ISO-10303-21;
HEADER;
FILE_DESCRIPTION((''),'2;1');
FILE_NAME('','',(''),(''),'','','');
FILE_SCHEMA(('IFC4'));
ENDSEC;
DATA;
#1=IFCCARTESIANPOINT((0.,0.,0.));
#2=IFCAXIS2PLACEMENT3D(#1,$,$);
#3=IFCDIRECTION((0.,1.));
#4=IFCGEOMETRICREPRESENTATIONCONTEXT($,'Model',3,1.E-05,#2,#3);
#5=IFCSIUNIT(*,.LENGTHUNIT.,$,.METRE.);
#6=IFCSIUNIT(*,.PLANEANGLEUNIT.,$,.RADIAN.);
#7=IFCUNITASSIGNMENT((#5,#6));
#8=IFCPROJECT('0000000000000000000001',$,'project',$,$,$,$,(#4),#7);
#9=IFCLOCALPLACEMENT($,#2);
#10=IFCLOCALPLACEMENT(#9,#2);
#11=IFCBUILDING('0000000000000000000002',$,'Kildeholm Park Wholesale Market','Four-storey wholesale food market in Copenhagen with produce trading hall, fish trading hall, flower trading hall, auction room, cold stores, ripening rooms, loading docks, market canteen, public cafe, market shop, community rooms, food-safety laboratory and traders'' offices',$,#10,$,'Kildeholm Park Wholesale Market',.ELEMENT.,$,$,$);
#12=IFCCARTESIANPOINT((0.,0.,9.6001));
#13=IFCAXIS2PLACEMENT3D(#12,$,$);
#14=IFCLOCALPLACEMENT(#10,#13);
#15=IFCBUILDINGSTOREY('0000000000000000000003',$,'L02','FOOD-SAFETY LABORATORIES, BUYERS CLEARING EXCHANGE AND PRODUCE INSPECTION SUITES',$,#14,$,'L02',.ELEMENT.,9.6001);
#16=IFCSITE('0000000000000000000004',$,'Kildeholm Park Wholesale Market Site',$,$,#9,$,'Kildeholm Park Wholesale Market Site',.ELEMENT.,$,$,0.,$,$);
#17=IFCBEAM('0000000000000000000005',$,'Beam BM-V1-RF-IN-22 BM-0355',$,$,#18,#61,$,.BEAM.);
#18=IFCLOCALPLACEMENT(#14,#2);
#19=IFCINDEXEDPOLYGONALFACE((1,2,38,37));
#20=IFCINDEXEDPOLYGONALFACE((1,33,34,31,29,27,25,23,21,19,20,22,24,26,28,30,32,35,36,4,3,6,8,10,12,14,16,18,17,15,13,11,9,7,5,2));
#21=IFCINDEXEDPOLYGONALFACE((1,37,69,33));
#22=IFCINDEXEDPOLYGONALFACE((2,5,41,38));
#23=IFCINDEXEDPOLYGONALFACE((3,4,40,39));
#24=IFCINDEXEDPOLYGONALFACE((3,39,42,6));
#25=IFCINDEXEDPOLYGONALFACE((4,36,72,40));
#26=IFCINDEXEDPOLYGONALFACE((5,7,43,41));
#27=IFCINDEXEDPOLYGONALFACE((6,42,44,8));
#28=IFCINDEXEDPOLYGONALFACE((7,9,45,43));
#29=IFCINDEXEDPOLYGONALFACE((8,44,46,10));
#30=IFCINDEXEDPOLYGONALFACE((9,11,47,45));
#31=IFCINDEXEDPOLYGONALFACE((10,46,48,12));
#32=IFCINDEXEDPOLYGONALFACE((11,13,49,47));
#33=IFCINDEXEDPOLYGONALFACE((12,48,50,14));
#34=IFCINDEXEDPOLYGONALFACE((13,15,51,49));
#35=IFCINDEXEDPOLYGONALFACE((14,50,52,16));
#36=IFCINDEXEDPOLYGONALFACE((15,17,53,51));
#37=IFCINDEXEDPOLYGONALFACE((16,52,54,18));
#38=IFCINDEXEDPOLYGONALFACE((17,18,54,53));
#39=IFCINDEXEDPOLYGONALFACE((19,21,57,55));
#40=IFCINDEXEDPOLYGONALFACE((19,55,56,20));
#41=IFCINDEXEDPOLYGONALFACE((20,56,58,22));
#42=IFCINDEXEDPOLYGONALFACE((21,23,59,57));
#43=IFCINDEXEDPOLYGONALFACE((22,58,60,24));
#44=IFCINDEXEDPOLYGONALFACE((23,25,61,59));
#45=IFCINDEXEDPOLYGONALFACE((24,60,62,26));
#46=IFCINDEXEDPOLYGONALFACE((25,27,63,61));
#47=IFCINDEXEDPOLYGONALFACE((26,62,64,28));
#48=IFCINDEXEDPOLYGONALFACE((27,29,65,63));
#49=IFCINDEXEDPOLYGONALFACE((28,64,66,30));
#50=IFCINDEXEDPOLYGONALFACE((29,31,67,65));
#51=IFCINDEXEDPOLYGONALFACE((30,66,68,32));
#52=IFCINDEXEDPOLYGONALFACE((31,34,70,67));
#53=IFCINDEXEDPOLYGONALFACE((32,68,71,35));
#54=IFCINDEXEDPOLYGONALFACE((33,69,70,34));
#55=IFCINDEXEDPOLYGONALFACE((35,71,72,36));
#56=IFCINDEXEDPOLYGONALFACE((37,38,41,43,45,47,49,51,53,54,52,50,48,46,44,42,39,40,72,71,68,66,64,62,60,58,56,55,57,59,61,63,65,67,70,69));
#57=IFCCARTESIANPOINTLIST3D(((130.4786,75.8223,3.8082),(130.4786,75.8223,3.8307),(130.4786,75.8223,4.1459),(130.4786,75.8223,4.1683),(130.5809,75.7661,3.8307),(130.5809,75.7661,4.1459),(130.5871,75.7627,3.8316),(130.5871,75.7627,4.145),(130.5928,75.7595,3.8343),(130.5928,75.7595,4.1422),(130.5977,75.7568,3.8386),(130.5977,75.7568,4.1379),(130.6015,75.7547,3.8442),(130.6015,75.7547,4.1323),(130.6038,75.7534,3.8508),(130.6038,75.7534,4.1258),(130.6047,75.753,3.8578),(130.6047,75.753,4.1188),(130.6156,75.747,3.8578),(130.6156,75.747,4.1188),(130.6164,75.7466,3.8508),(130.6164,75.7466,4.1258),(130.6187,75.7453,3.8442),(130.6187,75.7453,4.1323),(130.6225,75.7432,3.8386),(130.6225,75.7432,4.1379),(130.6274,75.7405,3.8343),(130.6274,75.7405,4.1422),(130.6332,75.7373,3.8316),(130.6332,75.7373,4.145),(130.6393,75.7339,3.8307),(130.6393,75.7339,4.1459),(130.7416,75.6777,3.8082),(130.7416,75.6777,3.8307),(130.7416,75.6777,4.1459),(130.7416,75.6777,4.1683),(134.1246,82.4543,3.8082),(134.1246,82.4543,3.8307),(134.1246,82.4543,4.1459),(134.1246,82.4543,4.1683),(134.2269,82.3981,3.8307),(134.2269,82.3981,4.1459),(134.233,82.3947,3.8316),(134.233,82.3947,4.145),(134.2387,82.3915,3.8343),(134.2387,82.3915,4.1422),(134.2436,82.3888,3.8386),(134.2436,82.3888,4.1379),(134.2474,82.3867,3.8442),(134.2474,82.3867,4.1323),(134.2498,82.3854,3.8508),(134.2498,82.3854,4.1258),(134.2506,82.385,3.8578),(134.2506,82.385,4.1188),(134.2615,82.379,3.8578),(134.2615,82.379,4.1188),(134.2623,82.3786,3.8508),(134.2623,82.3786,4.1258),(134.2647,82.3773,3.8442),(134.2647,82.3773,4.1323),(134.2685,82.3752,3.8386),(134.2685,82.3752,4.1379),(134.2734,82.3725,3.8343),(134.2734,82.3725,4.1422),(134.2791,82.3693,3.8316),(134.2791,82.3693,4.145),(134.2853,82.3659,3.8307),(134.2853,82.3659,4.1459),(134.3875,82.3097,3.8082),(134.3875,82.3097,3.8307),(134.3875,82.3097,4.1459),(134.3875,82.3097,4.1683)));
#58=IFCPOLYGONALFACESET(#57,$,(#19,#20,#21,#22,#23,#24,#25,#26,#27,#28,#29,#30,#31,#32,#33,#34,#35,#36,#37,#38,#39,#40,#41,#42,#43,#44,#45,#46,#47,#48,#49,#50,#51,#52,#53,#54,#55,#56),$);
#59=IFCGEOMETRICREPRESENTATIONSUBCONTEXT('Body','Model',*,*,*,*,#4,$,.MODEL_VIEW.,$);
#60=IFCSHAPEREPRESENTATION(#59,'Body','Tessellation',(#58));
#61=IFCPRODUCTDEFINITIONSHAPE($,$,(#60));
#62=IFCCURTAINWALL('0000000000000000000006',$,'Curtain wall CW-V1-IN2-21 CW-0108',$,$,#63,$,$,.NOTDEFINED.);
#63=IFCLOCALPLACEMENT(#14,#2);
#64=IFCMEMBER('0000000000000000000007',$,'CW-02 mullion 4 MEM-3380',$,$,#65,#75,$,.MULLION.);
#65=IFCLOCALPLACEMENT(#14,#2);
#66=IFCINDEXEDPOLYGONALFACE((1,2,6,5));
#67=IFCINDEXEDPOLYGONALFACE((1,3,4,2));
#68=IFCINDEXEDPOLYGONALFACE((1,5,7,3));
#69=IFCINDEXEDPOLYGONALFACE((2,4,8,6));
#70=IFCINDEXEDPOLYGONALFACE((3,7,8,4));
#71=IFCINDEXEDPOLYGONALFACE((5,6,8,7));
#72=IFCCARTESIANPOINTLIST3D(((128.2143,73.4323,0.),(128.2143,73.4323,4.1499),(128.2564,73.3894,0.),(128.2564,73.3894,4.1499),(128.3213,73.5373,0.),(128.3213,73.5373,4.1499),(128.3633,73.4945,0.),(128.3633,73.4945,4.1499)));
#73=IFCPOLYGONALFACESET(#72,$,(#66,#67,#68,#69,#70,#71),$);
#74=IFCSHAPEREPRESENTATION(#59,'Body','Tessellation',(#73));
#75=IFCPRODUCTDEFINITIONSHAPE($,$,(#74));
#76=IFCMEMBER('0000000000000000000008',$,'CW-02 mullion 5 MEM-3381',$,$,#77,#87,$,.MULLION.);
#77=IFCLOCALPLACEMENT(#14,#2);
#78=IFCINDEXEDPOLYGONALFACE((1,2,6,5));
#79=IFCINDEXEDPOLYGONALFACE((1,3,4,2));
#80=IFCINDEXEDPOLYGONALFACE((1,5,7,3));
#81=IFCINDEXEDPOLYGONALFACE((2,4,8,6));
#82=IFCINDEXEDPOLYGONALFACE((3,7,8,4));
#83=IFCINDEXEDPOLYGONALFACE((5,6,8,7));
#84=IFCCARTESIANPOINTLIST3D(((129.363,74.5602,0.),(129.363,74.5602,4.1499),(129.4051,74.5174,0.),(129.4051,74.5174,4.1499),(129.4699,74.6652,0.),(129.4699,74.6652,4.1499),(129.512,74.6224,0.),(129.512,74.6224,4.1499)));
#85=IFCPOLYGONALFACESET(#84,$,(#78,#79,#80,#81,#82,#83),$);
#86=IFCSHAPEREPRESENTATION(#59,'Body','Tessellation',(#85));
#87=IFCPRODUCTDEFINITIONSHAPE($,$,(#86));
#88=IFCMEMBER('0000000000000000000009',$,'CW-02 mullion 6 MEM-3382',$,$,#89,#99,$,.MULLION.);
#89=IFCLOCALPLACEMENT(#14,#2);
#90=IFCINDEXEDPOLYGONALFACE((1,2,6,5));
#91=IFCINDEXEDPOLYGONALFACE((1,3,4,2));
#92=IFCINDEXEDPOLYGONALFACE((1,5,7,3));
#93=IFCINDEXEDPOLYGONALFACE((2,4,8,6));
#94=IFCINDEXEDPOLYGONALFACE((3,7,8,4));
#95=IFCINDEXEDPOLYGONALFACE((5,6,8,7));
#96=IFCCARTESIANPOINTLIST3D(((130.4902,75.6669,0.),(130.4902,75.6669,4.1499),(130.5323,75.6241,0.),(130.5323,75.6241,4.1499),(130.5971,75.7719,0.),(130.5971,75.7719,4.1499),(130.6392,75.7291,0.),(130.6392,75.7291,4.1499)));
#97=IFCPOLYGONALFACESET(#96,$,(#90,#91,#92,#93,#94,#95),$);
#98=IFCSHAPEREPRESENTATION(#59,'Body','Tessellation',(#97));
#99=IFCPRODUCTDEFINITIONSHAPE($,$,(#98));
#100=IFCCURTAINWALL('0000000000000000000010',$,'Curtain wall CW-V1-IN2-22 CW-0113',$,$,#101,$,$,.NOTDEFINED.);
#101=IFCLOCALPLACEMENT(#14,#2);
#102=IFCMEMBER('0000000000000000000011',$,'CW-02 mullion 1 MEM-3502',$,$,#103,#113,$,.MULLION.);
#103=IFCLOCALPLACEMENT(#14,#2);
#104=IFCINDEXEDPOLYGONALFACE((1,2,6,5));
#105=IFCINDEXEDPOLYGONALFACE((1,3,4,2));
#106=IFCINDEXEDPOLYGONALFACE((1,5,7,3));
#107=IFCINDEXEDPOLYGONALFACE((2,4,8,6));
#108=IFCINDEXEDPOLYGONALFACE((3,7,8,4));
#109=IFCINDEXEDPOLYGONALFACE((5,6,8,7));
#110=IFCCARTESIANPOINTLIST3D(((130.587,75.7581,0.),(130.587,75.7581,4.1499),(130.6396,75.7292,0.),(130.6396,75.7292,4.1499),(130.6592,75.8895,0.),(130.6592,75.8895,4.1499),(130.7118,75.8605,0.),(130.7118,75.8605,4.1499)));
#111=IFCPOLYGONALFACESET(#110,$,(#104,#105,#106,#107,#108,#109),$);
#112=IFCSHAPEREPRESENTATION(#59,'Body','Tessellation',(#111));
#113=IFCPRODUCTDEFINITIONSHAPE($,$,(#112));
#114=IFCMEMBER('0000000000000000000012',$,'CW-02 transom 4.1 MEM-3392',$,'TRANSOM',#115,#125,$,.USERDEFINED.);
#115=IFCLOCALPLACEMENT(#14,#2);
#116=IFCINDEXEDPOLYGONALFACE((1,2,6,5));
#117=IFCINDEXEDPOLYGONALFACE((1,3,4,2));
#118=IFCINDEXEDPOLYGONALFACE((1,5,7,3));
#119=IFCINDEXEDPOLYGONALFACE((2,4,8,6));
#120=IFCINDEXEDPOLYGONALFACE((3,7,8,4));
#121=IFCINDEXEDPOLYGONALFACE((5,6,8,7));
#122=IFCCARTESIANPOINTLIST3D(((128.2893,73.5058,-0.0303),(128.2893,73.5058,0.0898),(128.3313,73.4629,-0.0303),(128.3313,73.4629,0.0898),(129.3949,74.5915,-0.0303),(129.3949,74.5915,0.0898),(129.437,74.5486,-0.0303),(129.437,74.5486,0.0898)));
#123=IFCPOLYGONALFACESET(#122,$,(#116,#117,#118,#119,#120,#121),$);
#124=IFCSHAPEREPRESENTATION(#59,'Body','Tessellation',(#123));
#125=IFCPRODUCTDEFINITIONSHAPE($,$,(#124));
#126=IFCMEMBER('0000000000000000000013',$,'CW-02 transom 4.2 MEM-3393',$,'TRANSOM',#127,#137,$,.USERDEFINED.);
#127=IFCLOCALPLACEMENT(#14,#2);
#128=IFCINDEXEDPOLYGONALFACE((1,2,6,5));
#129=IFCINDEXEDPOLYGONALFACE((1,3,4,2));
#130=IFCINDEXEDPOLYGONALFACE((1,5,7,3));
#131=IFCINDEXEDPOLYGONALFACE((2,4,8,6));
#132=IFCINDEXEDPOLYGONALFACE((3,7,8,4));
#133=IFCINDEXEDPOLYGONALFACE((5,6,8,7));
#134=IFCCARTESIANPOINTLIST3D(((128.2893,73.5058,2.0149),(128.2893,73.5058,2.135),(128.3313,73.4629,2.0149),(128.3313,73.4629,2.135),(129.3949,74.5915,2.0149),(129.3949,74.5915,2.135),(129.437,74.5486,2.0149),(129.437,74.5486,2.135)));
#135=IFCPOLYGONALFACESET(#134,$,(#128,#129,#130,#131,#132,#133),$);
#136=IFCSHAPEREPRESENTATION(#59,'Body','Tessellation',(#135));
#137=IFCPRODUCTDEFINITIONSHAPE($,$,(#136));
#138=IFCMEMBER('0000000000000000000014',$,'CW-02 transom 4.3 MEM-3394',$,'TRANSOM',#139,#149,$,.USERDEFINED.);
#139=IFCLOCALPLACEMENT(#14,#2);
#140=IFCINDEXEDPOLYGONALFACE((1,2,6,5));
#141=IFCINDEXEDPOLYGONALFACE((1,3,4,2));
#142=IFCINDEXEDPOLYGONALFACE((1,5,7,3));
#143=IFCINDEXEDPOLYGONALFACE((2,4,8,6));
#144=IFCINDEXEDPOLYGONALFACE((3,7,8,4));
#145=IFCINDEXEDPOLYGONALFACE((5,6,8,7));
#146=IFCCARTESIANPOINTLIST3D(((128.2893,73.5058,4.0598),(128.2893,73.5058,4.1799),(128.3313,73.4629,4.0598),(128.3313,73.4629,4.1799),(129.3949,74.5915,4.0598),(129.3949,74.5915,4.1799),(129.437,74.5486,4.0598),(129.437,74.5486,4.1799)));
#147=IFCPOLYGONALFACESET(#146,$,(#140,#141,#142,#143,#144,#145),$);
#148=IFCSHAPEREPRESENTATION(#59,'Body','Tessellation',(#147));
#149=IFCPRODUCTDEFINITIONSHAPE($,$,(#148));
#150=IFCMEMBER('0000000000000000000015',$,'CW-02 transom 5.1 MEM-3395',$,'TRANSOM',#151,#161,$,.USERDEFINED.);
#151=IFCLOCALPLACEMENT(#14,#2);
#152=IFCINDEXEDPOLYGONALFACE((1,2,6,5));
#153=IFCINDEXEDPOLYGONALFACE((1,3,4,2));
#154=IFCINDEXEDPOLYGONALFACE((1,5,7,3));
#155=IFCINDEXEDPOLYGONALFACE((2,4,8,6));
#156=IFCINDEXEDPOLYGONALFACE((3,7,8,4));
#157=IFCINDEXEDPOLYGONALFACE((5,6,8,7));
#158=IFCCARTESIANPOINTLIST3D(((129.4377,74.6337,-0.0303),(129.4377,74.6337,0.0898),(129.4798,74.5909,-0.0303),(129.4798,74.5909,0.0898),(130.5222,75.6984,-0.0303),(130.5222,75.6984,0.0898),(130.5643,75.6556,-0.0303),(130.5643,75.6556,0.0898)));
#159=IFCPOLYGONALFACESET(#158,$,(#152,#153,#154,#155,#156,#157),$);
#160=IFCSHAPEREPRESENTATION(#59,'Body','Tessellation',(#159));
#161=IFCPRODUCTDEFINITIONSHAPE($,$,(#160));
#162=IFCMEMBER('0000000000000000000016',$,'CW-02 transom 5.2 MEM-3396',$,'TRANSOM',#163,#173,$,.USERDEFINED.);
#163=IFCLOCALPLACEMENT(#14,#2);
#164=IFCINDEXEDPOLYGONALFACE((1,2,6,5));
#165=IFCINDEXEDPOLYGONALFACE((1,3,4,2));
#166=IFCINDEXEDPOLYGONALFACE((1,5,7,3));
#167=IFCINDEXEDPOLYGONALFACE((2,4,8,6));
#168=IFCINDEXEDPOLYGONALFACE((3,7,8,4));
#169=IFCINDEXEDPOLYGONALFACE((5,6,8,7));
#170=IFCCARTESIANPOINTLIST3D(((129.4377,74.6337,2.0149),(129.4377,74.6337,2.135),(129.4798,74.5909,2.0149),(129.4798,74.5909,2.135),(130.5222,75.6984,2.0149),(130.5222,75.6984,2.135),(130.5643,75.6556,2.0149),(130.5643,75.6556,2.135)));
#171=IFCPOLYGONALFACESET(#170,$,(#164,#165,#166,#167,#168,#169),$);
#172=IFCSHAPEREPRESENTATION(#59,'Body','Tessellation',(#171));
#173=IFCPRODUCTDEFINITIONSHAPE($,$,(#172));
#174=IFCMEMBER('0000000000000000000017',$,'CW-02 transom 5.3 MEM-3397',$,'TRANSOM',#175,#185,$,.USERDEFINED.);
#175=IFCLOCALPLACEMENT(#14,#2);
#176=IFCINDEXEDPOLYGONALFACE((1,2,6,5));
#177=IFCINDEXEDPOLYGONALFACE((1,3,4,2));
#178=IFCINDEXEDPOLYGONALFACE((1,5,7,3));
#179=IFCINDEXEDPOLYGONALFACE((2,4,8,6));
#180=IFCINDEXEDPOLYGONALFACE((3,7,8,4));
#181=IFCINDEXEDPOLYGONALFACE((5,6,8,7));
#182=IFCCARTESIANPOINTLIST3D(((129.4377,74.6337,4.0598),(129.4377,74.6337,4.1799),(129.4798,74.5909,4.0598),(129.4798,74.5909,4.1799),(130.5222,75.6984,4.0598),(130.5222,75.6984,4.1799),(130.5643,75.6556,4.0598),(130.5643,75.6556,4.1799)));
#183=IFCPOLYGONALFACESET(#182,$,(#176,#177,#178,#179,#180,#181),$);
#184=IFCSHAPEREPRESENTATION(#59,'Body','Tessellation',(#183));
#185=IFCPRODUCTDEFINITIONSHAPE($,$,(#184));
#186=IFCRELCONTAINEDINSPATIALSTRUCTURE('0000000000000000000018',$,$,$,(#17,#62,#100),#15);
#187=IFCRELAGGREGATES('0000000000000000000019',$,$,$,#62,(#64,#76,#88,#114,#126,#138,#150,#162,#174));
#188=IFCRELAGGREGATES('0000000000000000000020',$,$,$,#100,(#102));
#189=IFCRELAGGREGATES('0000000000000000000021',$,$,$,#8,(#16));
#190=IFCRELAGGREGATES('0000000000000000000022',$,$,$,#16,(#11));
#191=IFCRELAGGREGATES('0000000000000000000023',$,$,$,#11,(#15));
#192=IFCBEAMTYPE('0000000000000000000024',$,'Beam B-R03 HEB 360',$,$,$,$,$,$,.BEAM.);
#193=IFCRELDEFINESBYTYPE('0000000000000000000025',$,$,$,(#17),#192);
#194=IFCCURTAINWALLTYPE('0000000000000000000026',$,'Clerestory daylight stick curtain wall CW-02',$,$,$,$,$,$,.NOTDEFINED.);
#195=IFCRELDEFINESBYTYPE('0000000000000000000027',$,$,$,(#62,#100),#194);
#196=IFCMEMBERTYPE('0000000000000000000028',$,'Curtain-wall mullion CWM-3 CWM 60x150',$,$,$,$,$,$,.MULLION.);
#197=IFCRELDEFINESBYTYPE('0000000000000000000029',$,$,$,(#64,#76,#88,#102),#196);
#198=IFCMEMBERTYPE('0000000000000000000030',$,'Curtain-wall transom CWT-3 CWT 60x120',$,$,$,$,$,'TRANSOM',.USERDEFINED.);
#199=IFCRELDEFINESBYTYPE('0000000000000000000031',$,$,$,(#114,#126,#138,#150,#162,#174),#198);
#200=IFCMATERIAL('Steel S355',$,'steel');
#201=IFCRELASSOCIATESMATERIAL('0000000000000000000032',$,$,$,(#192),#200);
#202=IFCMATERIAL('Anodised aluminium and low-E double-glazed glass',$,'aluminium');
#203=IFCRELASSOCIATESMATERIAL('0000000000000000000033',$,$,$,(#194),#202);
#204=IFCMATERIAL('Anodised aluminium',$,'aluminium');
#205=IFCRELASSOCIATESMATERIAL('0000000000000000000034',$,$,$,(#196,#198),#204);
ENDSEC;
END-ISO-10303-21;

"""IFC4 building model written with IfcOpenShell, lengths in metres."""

from ifc_helpers import new_model, si_unit, direction, frame, origin, origin_2d, place, context, subcontext, project, spatial, rectangle, i_section, extrude, material, material_profile, profile_set, type_object, element, aggregate, save


model = new_model("IFC4")

# Units and contexts
model_context = context("Model", 3, precision=1e-05, world=origin(), true_north=direction((0.0, 1.0)))
body_context = subcontext(model_context, "Body", "Model", "MODEL_VIEW")
ifc_project = project(units=[si_unit("LENGTHUNIT", "METRE"), si_unit("PLANEANGLEUNIT", "RADIAN")], contexts=[model_context])

# Site, building, storey
site_placement = place(None, origin())
site = spatial("IfcSite", under=ifc_project, at=site_placement, Name="Kildeholm Park Wholesale Market Site", LongName="Kildeholm Park Wholesale Market Site", CompositionType="ELEMENT", RefElevation=0.0)
building_placement = place(site_placement, origin())
building = spatial("IfcBuilding", under=site, at=building_placement, Name="Kildeholm Park Wholesale Market", Description="Four-storey wholesale food market in Copenhagen with produce trading hall, fish trading hall, flower trading hall, auction room, cold stores, ripening rooms, loading docks, market canteen, public cafe, market shop, community rooms, food-safety laboratory and traders' offices", LongName="Kildeholm Park Wholesale Market", CompositionType="ELEMENT")
storey_placement = place(building_placement, frame((0.0, 0.0, 9.6001)))
storey = spatial("IfcBuildingStorey", under=building, at=storey_placement, Name="L02", Description="FOOD-SAFETY LABORATORIES, BUYERS CLEARING EXCHANGE AND PRODUCE INSPECTION SUITES", LongName="L02", CompositionType="ELEMENT", Elevation=9.6001)

# Shared definitions
ifc_material_1 = material(Name="Steel S355", Category="steel")

# Beam
ifc_material_profile_1 = material_profile(ifc_material_1, i_section(OverallWidth=0.3, OverallDepth=0.3601, WebThickness=0.0125, FlangeThickness=0.0225, FilletRadius=0.0271, at=origin_2d()), Name="HEB 360")
ifc_profile_set_1 = profile_set([ifc_material_profile_1], Name="Steel S355")
beam_type_1 = type_object("IfcBeamType", Name="Beam B-R03 HEB 360", PredefinedType="BEAM", material=ifc_profile_set_1)
beam_1_placement = place(storey_placement, frame((130.6101, 75.75, 3.9883), z_axis=(0.481752, 0.876308, 0.0), x_axis=(-0.876308, 0.481752, 0.0)))
element("IfcBeam", 1, at=beam_1_placement, inside=storey, type_object=beam_type_1, Name="Beam BM-V1-RF-IN-22 BM-0355", PredefinedType="BEAM", context=body_context, shape_type="SweptSolid", body=[
    extrude(i_section(OverallWidth=0.3, OverallDepth=0.3601, WebThickness=0.0125, FlangeThickness=0.0225, FilletRadius=0.0271, at=origin_2d()), origin(), (0.0, 0.0, 1.0), 7.5681),
])

# Curtain wall, members
ifc_material_2 = material(Name="Anodised aluminium and low-E double-glazed glass", Category="aluminium")
curtain_wall_type = type_object("IfcCurtainWallType", Name="Clerestory daylight stick curtain wall CW-02", PredefinedType="NOTDEFINED", material=ifc_material_2)
curtain_wall_1_placement = place(storey_placement, origin())
curtain_wall_1 = element("IfcCurtainWall", 2, at=curtain_wall_1_placement, inside=storey, type_object=curtain_wall_type, Name="Curtain wall CW-V1-IN2-21 CW-0108", PredefinedType="NOTDEFINED")
ifc_material_3 = material(Name="Anodised aluminium", Category="aluminium")
ifc_material_profile_2 = material_profile(ifc_material_3, rectangle(XDim=0.0601, YDim=0.1499, at=origin_2d()), Name="CWM 60x150")
ifc_profile_set_2 = profile_set([ifc_material_profile_2], Name="Anodised aluminium")
member_type_1 = type_object("IfcMemberType", Name="Curtain-wall mullion CWM-3 CWM 60x150", PredefinedType="MULLION", material=ifc_profile_set_2)
member_1_placement = place(storey_placement, frame((128.2888, 73.4634, 0.0), z_axis=(0.0, 0.0, 1.0), x_axis=(-0.700617, 0.713538, 0.0)))
member_1 = element("IfcMember", 3, at=member_1_placement, type_object=member_type_1, Name="CW-02 mullion 4 MEM-3380", PredefinedType="MULLION", context=body_context, shape_type="SweptSolid", body=[
    extrude(rectangle(XDim=0.0601, YDim=0.1499, at=origin_2d()), origin(), (0.0, 0.0, 1.0), 4.1499),
])
member_2_placement = place(storey_placement, frame((129.4375, 74.5913, 0.0), z_axis=(0.0, 0.0, 1.0), x_axis=(-0.700617, 0.713538, 0.0)))
member_2 = element("IfcMember", 4, at=member_2_placement, type_object=member_type_1, Name="CW-02 mullion 5 MEM-3381", PredefinedType="MULLION", context=body_context, shape_type="SweptSolid", body=[
    extrude(rectangle(XDim=0.0601, YDim=0.1499, at=origin_2d()), origin(), (0.0, 0.0, 1.0), 4.1499),
])
member_3_placement = place(storey_placement, frame((130.5647, 75.698, 0.0), z_axis=(0.0, 0.0, 1.0), x_axis=(-0.700617, 0.713538, 0.0)))
member_3 = element("IfcMember", 5, at=member_3_placement, type_object=member_type_1, Name="CW-02 mullion 6 MEM-3382", PredefinedType="MULLION", context=body_context, shape_type="SweptSolid", body=[
    extrude(rectangle(XDim=0.0601, YDim=0.1499, at=origin_2d()), origin(), (0.0, 0.0, 1.0), 4.1499),
])

# Curtain wall, member
curtain_wall_2_placement = place(storey_placement, origin())
curtain_wall_2 = element("IfcCurtainWall", 6, at=curtain_wall_2_placement, inside=storey, type_object=curtain_wall_type, Name="Curtain wall CW-V1-IN2-22 CW-0113", PredefinedType="NOTDEFINED")
member_4_placement = place(storey_placement, frame((130.6494, 75.8093, 0.0), z_axis=(0.0, 0.0, 1.0), x_axis=(-0.876309, 0.48175, 0.0)))
member_4 = element("IfcMember", 7, at=member_4_placement, type_object=member_type_1, Name="CW-02 mullion 1 MEM-3502", PredefinedType="MULLION", context=body_context, shape_type="SweptSolid", body=[
    extrude(rectangle(XDim=0.0601, YDim=0.1499, at=origin_2d()), origin(), (0.0, 0.0, 1.0), 4.1499),
])

# Members
ifc_material_profile_3 = material_profile(ifc_material_3, rectangle(XDim=0.0601, YDim=0.1201, at=origin_2d()), Name="CWT 60x120")
ifc_profile_set_3 = profile_set([ifc_material_profile_3], Name="Anodised aluminium")
member_type_2 = type_object("IfcMemberType", Name="Curtain-wall transom CWT-3 CWT 60x120", ElementType="TRANSOM", PredefinedType="USERDEFINED", material=ifc_profile_set_3)
member_5_placement = place(storey_placement, frame((128.3103, 73.4844, 0.0298), z_axis=(0.713537, 0.700618, 0.0), x_axis=(-0.700618, 0.713537, 0.0)))
member_5 = element("IfcMember", 8, at=member_5_placement, type_object=member_type_2, Name="CW-02 transom 4.1 MEM-3392", ObjectType="TRANSOM", PredefinedType="USERDEFINED", context=body_context, shape_type="SweptSolid", body=[
    extrude(rectangle(XDim=0.0601, YDim=0.1201, at=origin_2d()), origin(), (0.0, 0.0, 1.0), 1.5496),
])
member_6_placement = place(storey_placement, frame((128.3103, 73.4844, 2.075), z_axis=(0.713537, 0.700618, 0.0), x_axis=(-0.700618, 0.713537, 0.0)))
member_6 = element("IfcMember", 9, at=member_6_placement, type_object=member_type_2, Name="CW-02 transom 4.2 MEM-3393", ObjectType="TRANSOM", PredefinedType="USERDEFINED", context=body_context, shape_type="SweptSolid", body=[
    extrude(rectangle(XDim=0.0601, YDim=0.1201, at=origin_2d()), origin(), (0.0, 0.0, 1.0), 1.5496),
])
member_7_placement = place(storey_placement, frame((128.3103, 73.4844, 4.1199), z_axis=(0.713537, 0.700618, 0.0), x_axis=(-0.700618, 0.713537, 0.0)))
member_7 = element("IfcMember", 10, at=member_7_placement, type_object=member_type_2, Name="CW-02 transom 4.3 MEM-3394", ObjectType="TRANSOM", PredefinedType="USERDEFINED", context=body_context, shape_type="SweptSolid", body=[
    extrude(rectangle(XDim=0.0601, YDim=0.1201, at=origin_2d()), origin(), (0.0, 0.0, 1.0), 1.5496),
])
member_8_placement = place(storey_placement, frame((129.4587, 74.6123, 0.0298), z_axis=(0.713583, 0.700571, 0.0), x_axis=(-0.700571, 0.713583, 0.0)))
member_8 = element("IfcMember", 11, at=member_8_placement, type_object=member_type_2, Name="CW-02 transom 5.1 MEM-3395", ObjectType="TRANSOM", PredefinedType="USERDEFINED", context=body_context, shape_type="SweptSolid", body=[
    extrude(rectangle(XDim=0.0601, YDim=0.1201, at=origin_2d()), origin(), (0.0, 0.0, 1.0), 1.5198),
])
member_9_placement = place(storey_placement, frame((129.4587, 74.6123, 2.075), z_axis=(0.713583, 0.700571, 0.0), x_axis=(-0.700571, 0.713583, 0.0)))
member_9 = element("IfcMember", 12, at=member_9_placement, type_object=member_type_2, Name="CW-02 transom 5.2 MEM-3396", ObjectType="TRANSOM", PredefinedType="USERDEFINED", context=body_context, shape_type="SweptSolid", body=[
    extrude(rectangle(XDim=0.0601, YDim=0.1201, at=origin_2d()), origin(), (0.0, 0.0, 1.0), 1.5198),
])
member_10_placement = place(storey_placement, frame((129.4587, 74.6123, 4.1199), z_axis=(0.713583, 0.700571, 0.0), x_axis=(-0.700571, 0.713583, 0.0)))
member_10 = element("IfcMember", 13, at=member_10_placement, type_object=member_type_2, Name="CW-02 transom 5.3 MEM-3397", ObjectType="TRANSOM", PredefinedType="USERDEFINED", context=body_context, shape_type="SweptSolid", body=[
    extrude(rectangle(XDim=0.0601, YDim=0.1201, at=origin_2d()), origin(), (0.0, 0.0, 1.0), 1.5198),
])

aggregate(curtain_wall_1, [member_1, member_2, member_3, member_5, member_6, member_7, member_8, member_9, member_10])
aggregate(curtain_wall_2, [member_4])

save(model, "model.ifc")
